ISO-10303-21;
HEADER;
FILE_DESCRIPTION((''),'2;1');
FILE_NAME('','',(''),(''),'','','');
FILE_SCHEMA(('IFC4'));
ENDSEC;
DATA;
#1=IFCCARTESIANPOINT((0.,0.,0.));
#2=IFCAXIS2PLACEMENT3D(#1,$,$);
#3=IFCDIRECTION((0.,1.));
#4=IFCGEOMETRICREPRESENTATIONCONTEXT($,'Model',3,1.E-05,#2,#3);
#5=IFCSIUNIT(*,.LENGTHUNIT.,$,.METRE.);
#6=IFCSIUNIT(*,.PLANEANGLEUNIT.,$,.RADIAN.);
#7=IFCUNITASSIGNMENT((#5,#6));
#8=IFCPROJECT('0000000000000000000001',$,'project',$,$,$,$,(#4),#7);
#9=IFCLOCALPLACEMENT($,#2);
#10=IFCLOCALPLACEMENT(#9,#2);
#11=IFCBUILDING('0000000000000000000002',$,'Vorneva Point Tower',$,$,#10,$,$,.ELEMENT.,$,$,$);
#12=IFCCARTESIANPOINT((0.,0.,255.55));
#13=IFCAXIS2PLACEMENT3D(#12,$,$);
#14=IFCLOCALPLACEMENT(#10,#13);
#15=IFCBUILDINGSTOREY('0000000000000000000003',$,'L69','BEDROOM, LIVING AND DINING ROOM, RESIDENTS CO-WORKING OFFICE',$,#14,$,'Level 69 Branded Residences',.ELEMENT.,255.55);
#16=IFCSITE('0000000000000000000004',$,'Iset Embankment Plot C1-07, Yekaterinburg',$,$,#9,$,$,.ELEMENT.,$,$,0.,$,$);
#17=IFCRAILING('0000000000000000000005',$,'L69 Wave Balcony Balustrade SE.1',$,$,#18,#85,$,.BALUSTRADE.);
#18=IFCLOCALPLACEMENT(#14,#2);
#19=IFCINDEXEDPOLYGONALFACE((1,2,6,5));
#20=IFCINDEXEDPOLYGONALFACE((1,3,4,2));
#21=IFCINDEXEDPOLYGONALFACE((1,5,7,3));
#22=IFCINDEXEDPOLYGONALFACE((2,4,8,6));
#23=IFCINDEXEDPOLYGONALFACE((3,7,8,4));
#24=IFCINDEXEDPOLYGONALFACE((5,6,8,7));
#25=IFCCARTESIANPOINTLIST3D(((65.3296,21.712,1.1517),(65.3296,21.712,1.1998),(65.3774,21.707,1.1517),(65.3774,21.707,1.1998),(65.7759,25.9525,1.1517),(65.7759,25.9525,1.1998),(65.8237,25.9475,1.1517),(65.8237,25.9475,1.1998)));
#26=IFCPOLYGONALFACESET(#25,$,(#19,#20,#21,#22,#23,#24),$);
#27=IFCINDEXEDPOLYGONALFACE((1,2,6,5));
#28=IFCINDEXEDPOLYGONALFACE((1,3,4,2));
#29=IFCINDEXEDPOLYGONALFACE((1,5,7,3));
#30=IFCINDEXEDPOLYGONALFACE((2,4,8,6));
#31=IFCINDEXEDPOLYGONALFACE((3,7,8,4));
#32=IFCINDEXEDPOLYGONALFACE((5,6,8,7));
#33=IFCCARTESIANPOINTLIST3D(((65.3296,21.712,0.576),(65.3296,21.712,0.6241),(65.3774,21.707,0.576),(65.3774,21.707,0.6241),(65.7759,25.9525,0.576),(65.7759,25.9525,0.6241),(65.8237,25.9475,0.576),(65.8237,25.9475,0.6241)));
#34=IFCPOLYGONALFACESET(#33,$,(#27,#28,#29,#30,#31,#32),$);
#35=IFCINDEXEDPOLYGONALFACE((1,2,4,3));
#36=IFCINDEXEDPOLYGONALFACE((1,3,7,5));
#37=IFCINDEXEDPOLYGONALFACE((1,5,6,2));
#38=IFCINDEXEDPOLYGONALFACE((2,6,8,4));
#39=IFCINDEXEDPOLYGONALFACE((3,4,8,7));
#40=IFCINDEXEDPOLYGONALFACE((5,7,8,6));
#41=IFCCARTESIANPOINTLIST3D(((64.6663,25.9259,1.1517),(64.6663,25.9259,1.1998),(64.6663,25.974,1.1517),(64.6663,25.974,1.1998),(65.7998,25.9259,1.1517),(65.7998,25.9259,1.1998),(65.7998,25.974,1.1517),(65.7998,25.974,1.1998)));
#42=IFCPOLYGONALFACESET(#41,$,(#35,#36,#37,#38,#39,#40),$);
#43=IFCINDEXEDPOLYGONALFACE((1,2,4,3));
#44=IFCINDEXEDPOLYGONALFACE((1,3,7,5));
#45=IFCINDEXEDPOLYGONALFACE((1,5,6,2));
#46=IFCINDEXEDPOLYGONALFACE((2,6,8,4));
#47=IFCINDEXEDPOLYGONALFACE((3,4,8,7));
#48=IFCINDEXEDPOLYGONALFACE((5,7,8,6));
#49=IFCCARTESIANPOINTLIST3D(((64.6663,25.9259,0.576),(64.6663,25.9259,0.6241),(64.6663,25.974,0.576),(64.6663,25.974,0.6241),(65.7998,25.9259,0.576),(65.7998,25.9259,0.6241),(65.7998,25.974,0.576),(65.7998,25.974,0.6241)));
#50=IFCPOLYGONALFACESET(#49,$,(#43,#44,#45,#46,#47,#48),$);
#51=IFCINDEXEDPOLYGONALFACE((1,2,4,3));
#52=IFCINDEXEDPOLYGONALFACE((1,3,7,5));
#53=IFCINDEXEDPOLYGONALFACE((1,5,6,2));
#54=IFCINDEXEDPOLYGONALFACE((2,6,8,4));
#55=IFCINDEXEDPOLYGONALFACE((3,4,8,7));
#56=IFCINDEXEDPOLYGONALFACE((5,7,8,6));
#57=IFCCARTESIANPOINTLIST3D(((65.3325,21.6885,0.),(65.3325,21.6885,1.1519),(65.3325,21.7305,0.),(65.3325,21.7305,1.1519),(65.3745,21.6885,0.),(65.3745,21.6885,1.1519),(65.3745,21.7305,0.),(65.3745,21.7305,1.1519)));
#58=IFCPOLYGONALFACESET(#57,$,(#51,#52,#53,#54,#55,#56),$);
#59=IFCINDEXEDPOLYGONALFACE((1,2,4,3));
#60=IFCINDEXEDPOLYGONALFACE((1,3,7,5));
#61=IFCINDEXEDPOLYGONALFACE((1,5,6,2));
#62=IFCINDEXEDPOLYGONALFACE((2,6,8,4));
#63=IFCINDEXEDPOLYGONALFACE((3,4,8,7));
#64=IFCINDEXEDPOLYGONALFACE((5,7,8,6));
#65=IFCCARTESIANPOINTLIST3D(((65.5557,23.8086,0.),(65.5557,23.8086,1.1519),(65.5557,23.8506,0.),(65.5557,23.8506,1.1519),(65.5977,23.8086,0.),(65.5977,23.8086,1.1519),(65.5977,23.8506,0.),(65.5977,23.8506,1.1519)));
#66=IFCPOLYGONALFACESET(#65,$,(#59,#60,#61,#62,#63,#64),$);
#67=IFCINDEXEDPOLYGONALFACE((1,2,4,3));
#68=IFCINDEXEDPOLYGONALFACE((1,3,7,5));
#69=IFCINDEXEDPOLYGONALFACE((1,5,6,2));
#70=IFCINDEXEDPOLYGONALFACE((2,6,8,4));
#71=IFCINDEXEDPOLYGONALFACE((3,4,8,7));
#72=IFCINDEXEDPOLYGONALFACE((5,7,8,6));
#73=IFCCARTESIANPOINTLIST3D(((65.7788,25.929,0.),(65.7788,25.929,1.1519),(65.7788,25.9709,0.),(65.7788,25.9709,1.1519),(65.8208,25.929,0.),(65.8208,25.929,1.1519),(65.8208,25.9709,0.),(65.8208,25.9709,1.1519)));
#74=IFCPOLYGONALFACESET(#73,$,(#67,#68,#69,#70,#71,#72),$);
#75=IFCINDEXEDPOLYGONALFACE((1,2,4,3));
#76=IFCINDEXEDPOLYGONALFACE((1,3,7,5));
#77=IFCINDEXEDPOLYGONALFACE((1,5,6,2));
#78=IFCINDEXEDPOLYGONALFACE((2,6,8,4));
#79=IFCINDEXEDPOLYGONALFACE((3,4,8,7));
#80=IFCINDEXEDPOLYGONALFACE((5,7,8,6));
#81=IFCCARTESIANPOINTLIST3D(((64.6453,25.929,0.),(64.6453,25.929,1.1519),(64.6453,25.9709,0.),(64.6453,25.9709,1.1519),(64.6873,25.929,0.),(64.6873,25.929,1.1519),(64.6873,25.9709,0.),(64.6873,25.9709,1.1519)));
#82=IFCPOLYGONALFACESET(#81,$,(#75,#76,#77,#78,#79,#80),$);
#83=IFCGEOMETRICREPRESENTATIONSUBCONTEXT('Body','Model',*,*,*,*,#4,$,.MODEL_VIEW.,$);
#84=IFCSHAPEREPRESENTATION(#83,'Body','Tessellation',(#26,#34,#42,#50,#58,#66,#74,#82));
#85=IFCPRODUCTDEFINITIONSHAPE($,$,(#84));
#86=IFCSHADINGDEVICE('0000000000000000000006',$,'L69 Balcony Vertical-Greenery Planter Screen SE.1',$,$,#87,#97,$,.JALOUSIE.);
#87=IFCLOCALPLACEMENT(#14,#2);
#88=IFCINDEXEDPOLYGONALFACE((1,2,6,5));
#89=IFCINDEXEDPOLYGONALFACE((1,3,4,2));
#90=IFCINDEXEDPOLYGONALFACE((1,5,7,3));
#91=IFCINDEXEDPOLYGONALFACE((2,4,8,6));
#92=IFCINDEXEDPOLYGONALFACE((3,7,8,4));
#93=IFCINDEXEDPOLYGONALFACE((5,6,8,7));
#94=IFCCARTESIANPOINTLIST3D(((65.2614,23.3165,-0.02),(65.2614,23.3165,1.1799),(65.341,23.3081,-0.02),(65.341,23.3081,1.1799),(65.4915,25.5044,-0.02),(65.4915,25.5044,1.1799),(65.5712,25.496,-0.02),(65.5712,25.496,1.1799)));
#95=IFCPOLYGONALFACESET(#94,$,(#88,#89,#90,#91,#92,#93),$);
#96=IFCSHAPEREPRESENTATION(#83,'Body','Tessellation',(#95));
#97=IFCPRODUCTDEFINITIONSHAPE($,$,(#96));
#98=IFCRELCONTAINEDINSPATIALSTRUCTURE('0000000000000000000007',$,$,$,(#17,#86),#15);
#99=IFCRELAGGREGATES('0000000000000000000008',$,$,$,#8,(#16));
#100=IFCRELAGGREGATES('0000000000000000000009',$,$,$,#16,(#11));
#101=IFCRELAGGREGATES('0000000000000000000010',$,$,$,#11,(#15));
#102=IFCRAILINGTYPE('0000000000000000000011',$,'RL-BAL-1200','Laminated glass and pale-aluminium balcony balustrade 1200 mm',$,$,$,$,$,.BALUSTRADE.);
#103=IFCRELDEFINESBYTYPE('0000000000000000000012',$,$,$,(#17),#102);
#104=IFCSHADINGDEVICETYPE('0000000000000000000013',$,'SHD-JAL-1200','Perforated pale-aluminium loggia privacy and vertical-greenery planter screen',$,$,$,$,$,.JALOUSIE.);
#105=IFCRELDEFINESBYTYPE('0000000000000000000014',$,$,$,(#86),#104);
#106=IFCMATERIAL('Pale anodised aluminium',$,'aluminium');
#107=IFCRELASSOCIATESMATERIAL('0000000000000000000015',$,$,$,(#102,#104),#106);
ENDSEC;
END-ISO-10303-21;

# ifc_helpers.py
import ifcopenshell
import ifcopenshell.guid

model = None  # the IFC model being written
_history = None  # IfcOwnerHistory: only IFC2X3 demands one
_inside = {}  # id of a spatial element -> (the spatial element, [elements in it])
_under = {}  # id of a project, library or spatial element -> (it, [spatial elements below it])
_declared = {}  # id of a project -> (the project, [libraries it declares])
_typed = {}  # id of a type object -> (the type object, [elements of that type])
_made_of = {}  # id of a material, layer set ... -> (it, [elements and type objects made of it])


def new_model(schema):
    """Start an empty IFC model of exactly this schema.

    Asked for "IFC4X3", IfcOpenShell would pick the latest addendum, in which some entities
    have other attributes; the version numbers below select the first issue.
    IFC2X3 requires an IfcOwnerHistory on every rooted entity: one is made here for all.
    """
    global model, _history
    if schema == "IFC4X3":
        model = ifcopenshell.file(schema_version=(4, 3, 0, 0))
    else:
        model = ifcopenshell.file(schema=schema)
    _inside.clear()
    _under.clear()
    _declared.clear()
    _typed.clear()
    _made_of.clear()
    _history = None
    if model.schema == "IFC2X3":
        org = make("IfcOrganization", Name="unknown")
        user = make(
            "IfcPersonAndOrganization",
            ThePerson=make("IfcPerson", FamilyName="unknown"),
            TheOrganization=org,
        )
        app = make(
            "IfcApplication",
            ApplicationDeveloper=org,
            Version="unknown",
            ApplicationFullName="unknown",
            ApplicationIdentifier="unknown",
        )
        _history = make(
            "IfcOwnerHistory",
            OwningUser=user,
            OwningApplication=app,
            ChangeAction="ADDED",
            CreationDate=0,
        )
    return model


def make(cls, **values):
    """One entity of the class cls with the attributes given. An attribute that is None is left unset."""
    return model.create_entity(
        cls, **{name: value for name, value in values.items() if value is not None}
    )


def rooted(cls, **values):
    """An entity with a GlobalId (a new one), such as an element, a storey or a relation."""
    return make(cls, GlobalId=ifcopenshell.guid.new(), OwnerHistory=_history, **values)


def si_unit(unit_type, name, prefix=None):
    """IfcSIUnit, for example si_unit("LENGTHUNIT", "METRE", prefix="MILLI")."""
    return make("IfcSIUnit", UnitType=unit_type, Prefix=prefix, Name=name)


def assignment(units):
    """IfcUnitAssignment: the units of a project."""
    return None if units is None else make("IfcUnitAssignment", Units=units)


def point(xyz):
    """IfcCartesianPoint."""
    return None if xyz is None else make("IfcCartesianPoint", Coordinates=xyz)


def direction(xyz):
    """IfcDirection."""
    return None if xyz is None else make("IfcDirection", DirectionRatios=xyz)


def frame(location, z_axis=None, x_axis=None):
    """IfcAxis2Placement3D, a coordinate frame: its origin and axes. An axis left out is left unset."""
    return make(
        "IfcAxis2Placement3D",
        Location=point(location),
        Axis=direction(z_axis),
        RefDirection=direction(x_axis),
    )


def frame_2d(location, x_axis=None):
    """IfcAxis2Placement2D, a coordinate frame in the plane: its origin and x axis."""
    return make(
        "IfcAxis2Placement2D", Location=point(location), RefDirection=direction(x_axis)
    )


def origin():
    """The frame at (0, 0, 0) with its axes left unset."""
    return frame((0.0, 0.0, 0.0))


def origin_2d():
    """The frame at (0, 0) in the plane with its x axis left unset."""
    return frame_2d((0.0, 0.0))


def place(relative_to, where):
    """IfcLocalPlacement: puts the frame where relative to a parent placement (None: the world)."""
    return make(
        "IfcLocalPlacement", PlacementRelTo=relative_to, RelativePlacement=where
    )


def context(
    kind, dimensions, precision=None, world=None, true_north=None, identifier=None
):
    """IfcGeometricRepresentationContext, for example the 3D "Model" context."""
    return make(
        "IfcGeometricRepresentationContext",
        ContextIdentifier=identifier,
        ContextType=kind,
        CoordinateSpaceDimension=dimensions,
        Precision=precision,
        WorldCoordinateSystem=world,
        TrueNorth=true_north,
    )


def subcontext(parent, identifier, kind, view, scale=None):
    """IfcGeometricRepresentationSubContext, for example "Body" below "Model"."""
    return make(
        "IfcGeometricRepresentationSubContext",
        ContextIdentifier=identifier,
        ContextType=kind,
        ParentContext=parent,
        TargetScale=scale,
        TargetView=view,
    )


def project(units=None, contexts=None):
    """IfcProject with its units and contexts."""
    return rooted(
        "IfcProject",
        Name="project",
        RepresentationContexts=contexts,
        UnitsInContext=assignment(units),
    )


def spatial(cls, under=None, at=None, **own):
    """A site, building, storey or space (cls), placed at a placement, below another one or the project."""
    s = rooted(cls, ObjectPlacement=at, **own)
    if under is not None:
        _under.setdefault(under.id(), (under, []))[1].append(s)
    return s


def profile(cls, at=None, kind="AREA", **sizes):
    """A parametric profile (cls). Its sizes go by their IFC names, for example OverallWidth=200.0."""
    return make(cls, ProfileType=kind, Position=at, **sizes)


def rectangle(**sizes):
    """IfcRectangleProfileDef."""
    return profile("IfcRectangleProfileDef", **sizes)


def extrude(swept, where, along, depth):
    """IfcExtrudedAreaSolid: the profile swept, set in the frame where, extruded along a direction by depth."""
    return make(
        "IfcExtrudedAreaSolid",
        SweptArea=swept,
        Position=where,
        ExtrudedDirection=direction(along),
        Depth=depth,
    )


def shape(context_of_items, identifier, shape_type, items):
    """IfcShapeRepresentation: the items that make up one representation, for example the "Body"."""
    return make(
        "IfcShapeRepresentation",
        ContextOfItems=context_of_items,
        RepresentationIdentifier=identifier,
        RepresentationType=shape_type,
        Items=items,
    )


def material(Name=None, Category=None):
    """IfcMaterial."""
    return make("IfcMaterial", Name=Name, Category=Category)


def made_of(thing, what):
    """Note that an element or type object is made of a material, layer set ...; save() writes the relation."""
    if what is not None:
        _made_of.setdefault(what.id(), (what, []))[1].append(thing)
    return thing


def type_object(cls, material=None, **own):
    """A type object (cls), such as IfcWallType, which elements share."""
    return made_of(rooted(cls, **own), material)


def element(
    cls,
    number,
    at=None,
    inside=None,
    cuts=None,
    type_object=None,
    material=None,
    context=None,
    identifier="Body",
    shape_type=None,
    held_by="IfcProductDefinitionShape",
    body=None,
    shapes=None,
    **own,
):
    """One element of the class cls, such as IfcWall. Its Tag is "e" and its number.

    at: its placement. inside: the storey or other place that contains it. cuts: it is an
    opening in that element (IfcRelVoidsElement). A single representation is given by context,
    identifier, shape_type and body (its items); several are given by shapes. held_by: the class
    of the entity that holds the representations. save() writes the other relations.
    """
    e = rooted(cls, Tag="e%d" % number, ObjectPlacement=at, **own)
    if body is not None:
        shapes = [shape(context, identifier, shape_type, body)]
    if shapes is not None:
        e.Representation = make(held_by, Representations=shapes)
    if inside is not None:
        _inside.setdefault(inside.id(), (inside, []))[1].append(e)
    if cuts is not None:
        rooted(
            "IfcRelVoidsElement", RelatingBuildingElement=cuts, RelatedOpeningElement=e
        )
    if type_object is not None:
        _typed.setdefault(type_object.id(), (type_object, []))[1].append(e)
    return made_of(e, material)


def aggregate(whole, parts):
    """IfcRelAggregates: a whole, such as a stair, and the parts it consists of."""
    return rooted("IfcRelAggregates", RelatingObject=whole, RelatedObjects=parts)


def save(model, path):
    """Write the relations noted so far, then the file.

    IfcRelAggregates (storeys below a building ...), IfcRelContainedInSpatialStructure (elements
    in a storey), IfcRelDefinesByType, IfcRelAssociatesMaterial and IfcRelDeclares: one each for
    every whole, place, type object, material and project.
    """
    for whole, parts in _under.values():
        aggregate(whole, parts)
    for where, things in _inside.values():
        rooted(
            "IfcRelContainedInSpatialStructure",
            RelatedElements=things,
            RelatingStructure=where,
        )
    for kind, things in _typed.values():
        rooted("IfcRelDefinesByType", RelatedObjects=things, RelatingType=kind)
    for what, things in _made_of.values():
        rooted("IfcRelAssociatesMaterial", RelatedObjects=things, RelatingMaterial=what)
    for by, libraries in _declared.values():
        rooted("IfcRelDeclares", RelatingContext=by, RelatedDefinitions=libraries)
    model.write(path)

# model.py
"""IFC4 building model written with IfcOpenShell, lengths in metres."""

from ifc_helpers import new_model, si_unit, direction, frame, origin, origin_2d, place, context, subcontext, project, spatial, rectangle, extrude, material, type_object, element, save


model = new_model("IFC4")

# Units and contexts
model_context = context("Model", 3, precision=1e-05, world=origin(), true_north=direction((0.0, 1.0)))
body_context = subcontext(model_context, "Body", "Model", "MODEL_VIEW")
ifc_project = project(units=[si_unit("LENGTHUNIT", "METRE"), si_unit("PLANEANGLEUNIT", "RADIAN")], contexts=[model_context])

# Site, building, storey
site_placement = place(None, origin())
site = spatial("IfcSite", under=ifc_project, at=site_placement, Name="Iset Embankment Plot C1-07, Yekaterinburg", CompositionType="ELEMENT", RefElevation=0.0)
building_placement = place(site_placement, origin())
building = spatial("IfcBuilding", under=site, at=building_placement, Name="Vorneva Point Tower", CompositionType="ELEMENT")
storey_placement = place(building_placement, frame((0.0, 0.0, 255.55)))
storey = spatial("IfcBuildingStorey", under=building, at=storey_placement, Name="L69", Description="BEDROOM, LIVING AND DINING ROOM, RESIDENTS CO-WORKING OFFICE", LongName="Level 69 Branded Residences", CompositionType="ELEMENT", Elevation=255.55)

# Shared definitions
ifc_material_1 = material(Name="Pale anodised aluminium", Category="aluminium")

# Railing
railing_type = type_object("IfcRailingType", Name="RL-BAL-1200", Description="Laminated glass and pale-aluminium balcony balustrade 1200 mm", PredefinedType="BALUSTRADE", material=ifc_material_1)
railing_placement = place(storey_placement, frame((65.3535, 21.7095, 0.0)))
element("IfcRailing", 1, at=railing_placement, inside=storey, type_object=railing_type, Name="L69 Wave Balcony Balustrade SE.1", PredefinedType="BALUSTRADE", context=body_context, shape_type="SweptSolid", body=[
    extrude(rectangle(XDim=0.0481, YDim=0.0481, at=origin_2d()), frame((0.0, 0.0, 1.1758), z_axis=(0.104667, 0.994507, 0.0), x_axis=(-0.994507, 0.104667, 0.0)), (0.0, 0.0, 1.0), 4.2639),
    extrude(rectangle(XDim=0.0481, YDim=0.0481, at=origin_2d()), frame((0.0, 0.0, 0.6001), z_axis=(0.104667, 0.994507, 0.0), x_axis=(-0.994507, 0.104667, 0.0)), (0.0, 0.0, 1.0), 4.2639),
    extrude(rectangle(XDim=0.0481, YDim=0.0481, at=origin_2d()), frame((0.4463, 4.2405, 1.1758), z_axis=(-1.0, 0.0, 0.0), x_axis=(0.0, -1.0, 0.0)), (0.0, 0.0, 1.0), 1.1335),
    extrude(rectangle(XDim=0.0481, YDim=0.0481, at=origin_2d()), frame((0.4463, 4.2405, 0.6001), z_axis=(-1.0, 0.0, 0.0), x_axis=(0.0, -1.0, 0.0)), (0.0, 0.0, 1.0), 1.1335),
    extrude(rectangle(XDim=0.042, YDim=0.042, at=origin_2d()), origin(), (0.0, 0.0, 1.0), 1.1519),
    extrude(rectangle(XDim=0.042, YDim=0.042, at=origin_2d()), frame((0.2231, 2.1201, 0.0)), (0.0, 0.0, 1.0), 1.1519),
    extrude(rectangle(XDim=0.042, YDim=0.042, at=origin_2d()), frame((0.4463, 4.2405, 0.0)), (0.0, 0.0, 1.0), 1.1519),
    extrude(rectangle(XDim=0.042, YDim=0.042, at=origin_2d()), frame((-0.6873, 4.2405, 0.0)), (0.0, 0.0, 1.0), 1.1519),
])

# Shading device
shading_device_type = type_object("IfcShadingDeviceType", Name="SHD-JAL-1200", Description="Perforated pale-aluminium loggia privacy and vertical-greenery planter screen", PredefinedType="JALOUSIE", material=ifc_material_1)
shading_device_placement = place(storey_placement, frame((65.4163, 24.4062, -0.02), z_axis=(0.0, 0.0, 1.0), x_axis=(0.104615, 0.994513, 0.0)))
element("IfcShadingDevice", 2, at=shading_device_placement, inside=storey, type_object=shading_device_type, Name="L69 Balcony Vertical-Greenery Planter Screen SE.1", PredefinedType="JALOUSIE", context=body_context, shape_type="SweptSolid", body=[
    extrude(rectangle(XDim=2.2, YDim=0.0801, at=origin_2d()), origin(), (0.0, 0.0, 1.0), 1.2),
])

save(model, "model.ifc")
